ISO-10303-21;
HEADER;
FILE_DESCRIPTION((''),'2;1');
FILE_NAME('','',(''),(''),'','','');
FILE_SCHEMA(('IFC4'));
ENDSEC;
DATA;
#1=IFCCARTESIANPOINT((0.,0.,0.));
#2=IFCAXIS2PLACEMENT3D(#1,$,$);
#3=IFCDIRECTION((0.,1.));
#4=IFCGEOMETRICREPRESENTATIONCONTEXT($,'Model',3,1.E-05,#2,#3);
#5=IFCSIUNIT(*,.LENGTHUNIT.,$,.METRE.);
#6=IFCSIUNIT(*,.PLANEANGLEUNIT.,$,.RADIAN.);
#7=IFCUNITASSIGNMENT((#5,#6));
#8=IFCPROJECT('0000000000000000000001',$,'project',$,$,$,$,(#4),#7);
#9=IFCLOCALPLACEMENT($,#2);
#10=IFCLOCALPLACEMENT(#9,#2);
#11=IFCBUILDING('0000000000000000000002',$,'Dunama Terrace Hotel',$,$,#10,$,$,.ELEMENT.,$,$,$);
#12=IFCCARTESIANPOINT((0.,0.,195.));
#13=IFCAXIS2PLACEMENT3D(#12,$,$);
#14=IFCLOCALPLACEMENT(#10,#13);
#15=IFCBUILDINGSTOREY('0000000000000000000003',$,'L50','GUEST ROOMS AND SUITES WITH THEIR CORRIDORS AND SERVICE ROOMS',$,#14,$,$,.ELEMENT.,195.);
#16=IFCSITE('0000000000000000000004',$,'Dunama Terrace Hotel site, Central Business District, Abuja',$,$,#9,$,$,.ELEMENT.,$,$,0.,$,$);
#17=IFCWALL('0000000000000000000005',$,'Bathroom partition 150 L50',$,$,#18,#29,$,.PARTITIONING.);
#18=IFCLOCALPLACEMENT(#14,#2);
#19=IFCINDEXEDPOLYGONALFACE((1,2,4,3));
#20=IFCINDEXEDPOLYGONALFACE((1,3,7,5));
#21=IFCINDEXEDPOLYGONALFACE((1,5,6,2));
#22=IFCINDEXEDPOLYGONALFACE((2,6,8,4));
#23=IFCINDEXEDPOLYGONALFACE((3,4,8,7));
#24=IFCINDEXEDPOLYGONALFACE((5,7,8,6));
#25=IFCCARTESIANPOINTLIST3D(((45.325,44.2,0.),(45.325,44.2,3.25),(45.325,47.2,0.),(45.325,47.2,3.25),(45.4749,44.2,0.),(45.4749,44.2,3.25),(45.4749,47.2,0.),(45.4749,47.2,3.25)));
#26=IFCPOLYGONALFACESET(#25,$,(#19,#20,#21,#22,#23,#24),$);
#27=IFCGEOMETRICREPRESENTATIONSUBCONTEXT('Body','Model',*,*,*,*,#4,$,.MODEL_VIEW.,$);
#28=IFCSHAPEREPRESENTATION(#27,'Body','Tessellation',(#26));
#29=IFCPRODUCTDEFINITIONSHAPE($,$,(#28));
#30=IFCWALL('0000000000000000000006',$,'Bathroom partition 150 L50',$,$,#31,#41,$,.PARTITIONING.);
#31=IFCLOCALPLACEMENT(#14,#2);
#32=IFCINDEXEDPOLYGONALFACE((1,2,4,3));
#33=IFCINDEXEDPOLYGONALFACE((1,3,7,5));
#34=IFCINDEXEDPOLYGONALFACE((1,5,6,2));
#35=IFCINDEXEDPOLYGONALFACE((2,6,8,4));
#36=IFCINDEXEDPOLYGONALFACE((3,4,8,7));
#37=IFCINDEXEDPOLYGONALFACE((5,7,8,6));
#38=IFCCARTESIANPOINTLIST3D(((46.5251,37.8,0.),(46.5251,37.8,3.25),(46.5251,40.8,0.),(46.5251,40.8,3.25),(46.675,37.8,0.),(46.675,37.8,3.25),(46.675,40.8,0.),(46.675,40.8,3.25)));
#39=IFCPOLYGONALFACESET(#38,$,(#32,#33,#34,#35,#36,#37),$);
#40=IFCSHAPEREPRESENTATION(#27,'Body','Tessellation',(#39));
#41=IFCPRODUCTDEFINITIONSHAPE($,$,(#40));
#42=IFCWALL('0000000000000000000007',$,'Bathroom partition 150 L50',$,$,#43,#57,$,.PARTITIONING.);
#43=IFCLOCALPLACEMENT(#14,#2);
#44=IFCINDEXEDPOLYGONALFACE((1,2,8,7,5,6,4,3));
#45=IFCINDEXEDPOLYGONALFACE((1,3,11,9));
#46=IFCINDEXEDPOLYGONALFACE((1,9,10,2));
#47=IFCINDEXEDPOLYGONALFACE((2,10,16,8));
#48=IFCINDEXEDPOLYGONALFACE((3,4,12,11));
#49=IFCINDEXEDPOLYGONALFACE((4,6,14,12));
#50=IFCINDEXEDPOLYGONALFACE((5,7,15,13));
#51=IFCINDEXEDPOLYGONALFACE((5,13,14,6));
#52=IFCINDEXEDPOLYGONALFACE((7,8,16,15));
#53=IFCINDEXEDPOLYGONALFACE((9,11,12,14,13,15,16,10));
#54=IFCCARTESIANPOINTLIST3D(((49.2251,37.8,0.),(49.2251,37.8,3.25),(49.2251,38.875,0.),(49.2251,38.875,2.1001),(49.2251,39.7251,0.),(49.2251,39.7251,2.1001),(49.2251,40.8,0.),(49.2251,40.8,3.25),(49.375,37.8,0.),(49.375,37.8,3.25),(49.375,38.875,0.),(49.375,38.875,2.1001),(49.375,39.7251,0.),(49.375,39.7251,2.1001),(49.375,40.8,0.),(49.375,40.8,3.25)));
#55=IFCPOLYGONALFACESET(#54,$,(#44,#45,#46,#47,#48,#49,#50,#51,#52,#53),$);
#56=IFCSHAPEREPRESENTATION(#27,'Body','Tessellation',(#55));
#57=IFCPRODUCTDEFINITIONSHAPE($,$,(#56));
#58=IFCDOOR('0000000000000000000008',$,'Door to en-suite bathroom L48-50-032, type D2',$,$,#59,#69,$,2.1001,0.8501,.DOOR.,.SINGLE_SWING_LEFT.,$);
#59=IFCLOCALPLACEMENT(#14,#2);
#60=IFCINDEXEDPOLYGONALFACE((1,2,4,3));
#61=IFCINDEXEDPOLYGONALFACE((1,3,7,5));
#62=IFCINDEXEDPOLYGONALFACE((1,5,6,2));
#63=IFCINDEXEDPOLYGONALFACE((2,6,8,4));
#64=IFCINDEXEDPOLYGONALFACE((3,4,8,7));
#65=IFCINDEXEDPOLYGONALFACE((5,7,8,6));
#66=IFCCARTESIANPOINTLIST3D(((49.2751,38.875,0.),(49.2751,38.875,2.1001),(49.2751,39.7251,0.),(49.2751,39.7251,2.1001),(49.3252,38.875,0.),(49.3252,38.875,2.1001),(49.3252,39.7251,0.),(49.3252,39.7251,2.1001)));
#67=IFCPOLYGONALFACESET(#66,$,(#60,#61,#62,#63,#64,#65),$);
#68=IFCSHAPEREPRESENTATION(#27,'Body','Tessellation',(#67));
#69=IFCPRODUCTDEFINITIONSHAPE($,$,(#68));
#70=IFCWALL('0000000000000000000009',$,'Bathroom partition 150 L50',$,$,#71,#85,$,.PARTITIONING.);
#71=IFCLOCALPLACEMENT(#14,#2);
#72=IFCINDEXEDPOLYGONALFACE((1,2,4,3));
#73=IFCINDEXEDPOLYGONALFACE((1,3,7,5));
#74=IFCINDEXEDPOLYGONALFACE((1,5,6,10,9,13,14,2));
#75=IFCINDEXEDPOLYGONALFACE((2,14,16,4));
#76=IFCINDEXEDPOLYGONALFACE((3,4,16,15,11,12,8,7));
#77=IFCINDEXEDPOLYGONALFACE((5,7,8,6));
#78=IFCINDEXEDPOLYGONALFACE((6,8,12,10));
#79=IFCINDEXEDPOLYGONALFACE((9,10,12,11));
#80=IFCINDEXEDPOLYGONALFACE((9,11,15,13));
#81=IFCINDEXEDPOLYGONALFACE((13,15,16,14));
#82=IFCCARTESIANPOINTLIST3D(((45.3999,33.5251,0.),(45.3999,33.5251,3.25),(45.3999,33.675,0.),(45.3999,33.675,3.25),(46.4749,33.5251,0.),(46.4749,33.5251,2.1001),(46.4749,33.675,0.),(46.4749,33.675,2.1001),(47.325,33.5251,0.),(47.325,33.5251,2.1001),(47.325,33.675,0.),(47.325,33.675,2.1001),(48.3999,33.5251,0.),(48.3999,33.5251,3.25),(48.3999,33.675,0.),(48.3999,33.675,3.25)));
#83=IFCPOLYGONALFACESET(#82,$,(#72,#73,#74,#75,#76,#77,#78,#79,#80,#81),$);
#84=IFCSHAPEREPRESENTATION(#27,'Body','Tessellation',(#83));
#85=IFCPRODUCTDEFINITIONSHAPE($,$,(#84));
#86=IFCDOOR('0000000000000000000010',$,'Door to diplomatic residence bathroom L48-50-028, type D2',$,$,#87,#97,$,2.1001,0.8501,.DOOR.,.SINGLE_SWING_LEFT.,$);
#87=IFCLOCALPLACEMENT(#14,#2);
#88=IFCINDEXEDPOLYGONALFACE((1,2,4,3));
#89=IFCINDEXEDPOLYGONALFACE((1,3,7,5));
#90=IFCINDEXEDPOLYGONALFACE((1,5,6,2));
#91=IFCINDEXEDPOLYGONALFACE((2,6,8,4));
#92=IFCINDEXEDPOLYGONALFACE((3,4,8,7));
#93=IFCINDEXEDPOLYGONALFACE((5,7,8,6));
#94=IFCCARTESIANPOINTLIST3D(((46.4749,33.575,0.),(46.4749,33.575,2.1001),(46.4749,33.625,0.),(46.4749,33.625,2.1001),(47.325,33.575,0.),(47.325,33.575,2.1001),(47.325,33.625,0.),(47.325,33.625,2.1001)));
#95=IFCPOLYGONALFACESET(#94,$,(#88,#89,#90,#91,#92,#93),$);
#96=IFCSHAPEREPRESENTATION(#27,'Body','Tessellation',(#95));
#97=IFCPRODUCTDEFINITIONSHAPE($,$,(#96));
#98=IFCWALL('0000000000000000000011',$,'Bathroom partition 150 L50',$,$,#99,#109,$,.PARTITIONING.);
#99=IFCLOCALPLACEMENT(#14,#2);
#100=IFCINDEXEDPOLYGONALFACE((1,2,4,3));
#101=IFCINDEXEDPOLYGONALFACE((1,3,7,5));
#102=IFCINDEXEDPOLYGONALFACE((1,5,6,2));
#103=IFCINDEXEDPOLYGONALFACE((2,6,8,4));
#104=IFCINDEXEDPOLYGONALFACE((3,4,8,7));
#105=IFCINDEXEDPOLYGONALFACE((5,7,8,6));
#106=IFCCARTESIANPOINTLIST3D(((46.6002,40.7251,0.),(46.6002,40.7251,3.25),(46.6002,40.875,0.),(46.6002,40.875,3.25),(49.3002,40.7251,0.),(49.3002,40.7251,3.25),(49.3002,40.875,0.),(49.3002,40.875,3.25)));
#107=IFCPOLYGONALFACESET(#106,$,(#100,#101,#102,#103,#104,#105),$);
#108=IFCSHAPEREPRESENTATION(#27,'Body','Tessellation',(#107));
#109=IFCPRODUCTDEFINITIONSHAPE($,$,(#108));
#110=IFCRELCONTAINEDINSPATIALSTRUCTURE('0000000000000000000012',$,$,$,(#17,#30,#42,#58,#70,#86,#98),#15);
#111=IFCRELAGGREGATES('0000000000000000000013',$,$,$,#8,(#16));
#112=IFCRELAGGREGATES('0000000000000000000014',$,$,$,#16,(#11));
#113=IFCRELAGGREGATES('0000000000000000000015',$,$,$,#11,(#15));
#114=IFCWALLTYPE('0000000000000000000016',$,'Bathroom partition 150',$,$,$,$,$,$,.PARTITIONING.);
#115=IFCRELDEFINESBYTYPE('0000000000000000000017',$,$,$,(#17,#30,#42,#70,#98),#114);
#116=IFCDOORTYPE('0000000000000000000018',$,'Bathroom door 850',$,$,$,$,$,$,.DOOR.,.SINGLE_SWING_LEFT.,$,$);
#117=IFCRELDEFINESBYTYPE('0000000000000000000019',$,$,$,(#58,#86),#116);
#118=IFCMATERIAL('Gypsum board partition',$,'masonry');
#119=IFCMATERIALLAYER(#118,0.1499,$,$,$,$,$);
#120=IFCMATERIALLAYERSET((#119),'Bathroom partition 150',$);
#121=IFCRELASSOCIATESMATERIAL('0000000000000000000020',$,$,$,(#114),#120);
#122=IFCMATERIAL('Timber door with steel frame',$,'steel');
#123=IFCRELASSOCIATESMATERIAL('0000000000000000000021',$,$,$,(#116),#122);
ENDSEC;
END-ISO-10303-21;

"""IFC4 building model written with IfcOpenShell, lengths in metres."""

from ifc_helpers import new_model, si_unit, direction, frame, frame_2d, origin, place, context, subcontext, project, spatial, rectangle, extrude, material, layer, layer_set, type_object, element, fill, save


model = new_model("IFC4")

# Units and contexts
model_context = context("Model", 3, precision=1e-05, world=origin(), true_north=direction((0.0, 1.0)))
body_context = subcontext(model_context, "Body", "Model", "MODEL_VIEW")
ifc_project = project(units=[si_unit("LENGTHUNIT", "METRE"), si_unit("PLANEANGLEUNIT", "RADIAN")], contexts=[model_context])

# Site, building, storey
site_placement = place(None, origin())
site = spatial("IfcSite", under=ifc_project, at=site_placement, Name="Dunama Terrace Hotel site, Central Business District, Abuja", CompositionType="ELEMENT", RefElevation=0.0)
building_placement = place(site_placement, origin())
building = spatial("IfcBuilding", under=site, at=building_placement, Name="Dunama Terrace Hotel", CompositionType="ELEMENT")
storey_placement = place(building_placement, frame((0.0, 0.0, 195.0)))
storey = spatial("IfcBuildingStorey", under=building, at=storey_placement, Name="L50", Description="GUEST ROOMS AND SUITES WITH THEIR CORRIDORS AND SERVICE ROOMS", CompositionType="ELEMENT", Elevation=195.0)

# Walls
ifc_material_1 = material(Name="Gypsum board partition", Category="masonry")
ifc_layer_1 = layer(ifc_material_1, 0.1499)
ifc_layer_set_1 = layer_set([ifc_layer_1], Name="Bathroom partition 150")
wall_type_1 = type_object("IfcWallType", Name="Bathroom partition 150", PredefinedType="PARTITIONING", material=ifc_layer_set_1)
for number, where, z_axis, x_axis, name in (
    (1, (45.3999, 44.2, 0.0), (0.0, 0.0, 1.0), (0.0, 1.0, 0.0), "Bathroom partition 150 L50"),
    (2, (46.6001, 37.8, 0.0), (0.0, 0.0, 1.0), (0.0, 1.0, 0.0), "Bathroom partition 150 L50"),
):
    element("IfcWall", number, at=place(storey_placement, frame(where, z_axis=z_axis, x_axis=x_axis)), inside=storey, type_object=wall_type_1, Name=name, PredefinedType="PARTITIONING", context=body_context, shape_type="SweptSolid", body=[
        extrude(rectangle(XDim=3.0, YDim=0.1499, at=frame_2d((1.5, 0.0))), origin(), (0.0, 0.0, 1.0), 3.25),
    ])

# Walls, openings, doors
wall_1_placement = place(storey_placement, frame((49.3, 37.8, 0.0), z_axis=(0.0, 0.0, 1.0), x_axis=(0.0, 1.0, 0.0)))
wall_1 = element("IfcWall", 3, at=wall_1_placement, inside=storey, type_object=wall_type_1, Name="Bathroom partition 150 L50", PredefinedType="PARTITIONING", context=body_context, shape_type="SweptSolid", body=[
    extrude(rectangle(XDim=3.0, YDim=0.1499, at=frame_2d((1.5, 0.0))), origin(), (0.0, 0.0, 1.0), 3.25),
])
opening_1_placement = place(wall_1_placement, frame((1.075, 0.0, 0.0)))
opening_1 = element("IfcOpeningElement", 4, at=opening_1_placement, cuts=wall_1, PredefinedType="OPENING", context=body_context, shape_type="SweptSolid", body=[
    extrude(rectangle(XDim=0.8501, YDim=2.1001, at=frame_2d((0.425, 1.05))), frame((0.0, 0.085, 0.0), z_axis=(0.0, -1.0, 0.0), x_axis=(1.0, 0.0, 0.0)), (0.0, 0.0, 1.0), 0.1699),
])
ifc_material_2 = material(Name="Timber door with steel frame", Category="steel")
door_type_1 = type_object("IfcDoorType", Name="Bathroom door 850", OperationType="SINGLE_SWING_LEFT", PredefinedType="DOOR", material=ifc_material_2)
door_1_placement = place(opening_1_placement, origin())
door_1 = element("IfcDoor", 5, at=door_1_placement, inside=storey, type_object=door_type_1, Name="Door to en-suite bathroom L48-50-032, type D2", OperationType="SINGLE_SWING_LEFT", OverallHeight=2.1001, OverallWidth=0.8501, PredefinedType="DOOR", context=body_context, shape_type="SweptSolid", body=[
    extrude(rectangle(XDim=0.8501, YDim=2.1001, at=frame_2d((0.425, 1.05))), frame((0.0, 0.0249, 0.0), z_axis=(0.0, -1.0, 0.0), x_axis=(1.0, 0.0, 0.0)), (0.0, 0.0, 1.0), 0.05),
])
fill(opening_1, door_1)
wall_2_placement = place(storey_placement, frame((45.3999, 33.6001, 0.0), z_axis=(0.0, 0.0, 1.0), x_axis=(1.0, 0.0, 0.0)))
wall_2 = element("IfcWall", 6, at=wall_2_placement, inside=storey, type_object=wall_type_1, Name="Bathroom partition 150 L50", PredefinedType="PARTITIONING", context=body_context, shape_type="SweptSolid", body=[
    extrude(rectangle(XDim=3.0, YDim=0.1499, at=frame_2d((1.5, 0.0))), origin(), (0.0, 0.0, 1.0), 3.25),
])
opening_2_placement = place(wall_2_placement, frame((1.075, 0.0, 0.0)))
opening_2 = element("IfcOpeningElement", 7, at=opening_2_placement, cuts=wall_2, PredefinedType="OPENING", context=body_context, shape_type="SweptSolid", body=[
    extrude(rectangle(XDim=0.8501, YDim=2.1001, at=frame_2d((0.425, 1.05))), frame((0.0, 0.085, 0.0), z_axis=(0.0, -1.0, 0.0), x_axis=(1.0, 0.0, 0.0)), (0.0, 0.0, 1.0), 0.1699),
])
door_2_placement = place(opening_2_placement, origin())
door_2 = element("IfcDoor", 8, at=door_2_placement, inside=storey, type_object=door_type_1, Name="Door to diplomatic residence bathroom L48-50-028, type D2", OperationType="SINGLE_SWING_LEFT", OverallHeight=2.1001, OverallWidth=0.8501, PredefinedType="DOOR", context=body_context, shape_type="SweptSolid", body=[
    extrude(rectangle(XDim=0.8501, YDim=2.1001, at=frame_2d((0.425, 1.05))), frame((0.0, 0.0249, 0.0), z_axis=(0.0, -1.0, 0.0), x_axis=(1.0, 0.0, 0.0)), (0.0, 0.0, 1.0), 0.05),
])
fill(opening_2, door_2)

# Wall
wall_3_placement = place(storey_placement, frame((46.6001, 40.8, 0.0), z_axis=(0.0, 0.0, 1.0), x_axis=(1.0, 0.0, 0.0)))
element("IfcWall", 9, at=wall_3_placement, inside=storey, type_object=wall_type_1, Name="Bathroom partition 150 L50", PredefinedType="PARTITIONING", context=body_context, shape_type="SweptSolid", body=[
    extrude(rectangle(XDim=2.7, YDim=0.1499, at=frame_2d((1.3501, 0.0))), origin(), (0.0, 0.0, 1.0), 3.25),
])

save(model, "model.ifc")
